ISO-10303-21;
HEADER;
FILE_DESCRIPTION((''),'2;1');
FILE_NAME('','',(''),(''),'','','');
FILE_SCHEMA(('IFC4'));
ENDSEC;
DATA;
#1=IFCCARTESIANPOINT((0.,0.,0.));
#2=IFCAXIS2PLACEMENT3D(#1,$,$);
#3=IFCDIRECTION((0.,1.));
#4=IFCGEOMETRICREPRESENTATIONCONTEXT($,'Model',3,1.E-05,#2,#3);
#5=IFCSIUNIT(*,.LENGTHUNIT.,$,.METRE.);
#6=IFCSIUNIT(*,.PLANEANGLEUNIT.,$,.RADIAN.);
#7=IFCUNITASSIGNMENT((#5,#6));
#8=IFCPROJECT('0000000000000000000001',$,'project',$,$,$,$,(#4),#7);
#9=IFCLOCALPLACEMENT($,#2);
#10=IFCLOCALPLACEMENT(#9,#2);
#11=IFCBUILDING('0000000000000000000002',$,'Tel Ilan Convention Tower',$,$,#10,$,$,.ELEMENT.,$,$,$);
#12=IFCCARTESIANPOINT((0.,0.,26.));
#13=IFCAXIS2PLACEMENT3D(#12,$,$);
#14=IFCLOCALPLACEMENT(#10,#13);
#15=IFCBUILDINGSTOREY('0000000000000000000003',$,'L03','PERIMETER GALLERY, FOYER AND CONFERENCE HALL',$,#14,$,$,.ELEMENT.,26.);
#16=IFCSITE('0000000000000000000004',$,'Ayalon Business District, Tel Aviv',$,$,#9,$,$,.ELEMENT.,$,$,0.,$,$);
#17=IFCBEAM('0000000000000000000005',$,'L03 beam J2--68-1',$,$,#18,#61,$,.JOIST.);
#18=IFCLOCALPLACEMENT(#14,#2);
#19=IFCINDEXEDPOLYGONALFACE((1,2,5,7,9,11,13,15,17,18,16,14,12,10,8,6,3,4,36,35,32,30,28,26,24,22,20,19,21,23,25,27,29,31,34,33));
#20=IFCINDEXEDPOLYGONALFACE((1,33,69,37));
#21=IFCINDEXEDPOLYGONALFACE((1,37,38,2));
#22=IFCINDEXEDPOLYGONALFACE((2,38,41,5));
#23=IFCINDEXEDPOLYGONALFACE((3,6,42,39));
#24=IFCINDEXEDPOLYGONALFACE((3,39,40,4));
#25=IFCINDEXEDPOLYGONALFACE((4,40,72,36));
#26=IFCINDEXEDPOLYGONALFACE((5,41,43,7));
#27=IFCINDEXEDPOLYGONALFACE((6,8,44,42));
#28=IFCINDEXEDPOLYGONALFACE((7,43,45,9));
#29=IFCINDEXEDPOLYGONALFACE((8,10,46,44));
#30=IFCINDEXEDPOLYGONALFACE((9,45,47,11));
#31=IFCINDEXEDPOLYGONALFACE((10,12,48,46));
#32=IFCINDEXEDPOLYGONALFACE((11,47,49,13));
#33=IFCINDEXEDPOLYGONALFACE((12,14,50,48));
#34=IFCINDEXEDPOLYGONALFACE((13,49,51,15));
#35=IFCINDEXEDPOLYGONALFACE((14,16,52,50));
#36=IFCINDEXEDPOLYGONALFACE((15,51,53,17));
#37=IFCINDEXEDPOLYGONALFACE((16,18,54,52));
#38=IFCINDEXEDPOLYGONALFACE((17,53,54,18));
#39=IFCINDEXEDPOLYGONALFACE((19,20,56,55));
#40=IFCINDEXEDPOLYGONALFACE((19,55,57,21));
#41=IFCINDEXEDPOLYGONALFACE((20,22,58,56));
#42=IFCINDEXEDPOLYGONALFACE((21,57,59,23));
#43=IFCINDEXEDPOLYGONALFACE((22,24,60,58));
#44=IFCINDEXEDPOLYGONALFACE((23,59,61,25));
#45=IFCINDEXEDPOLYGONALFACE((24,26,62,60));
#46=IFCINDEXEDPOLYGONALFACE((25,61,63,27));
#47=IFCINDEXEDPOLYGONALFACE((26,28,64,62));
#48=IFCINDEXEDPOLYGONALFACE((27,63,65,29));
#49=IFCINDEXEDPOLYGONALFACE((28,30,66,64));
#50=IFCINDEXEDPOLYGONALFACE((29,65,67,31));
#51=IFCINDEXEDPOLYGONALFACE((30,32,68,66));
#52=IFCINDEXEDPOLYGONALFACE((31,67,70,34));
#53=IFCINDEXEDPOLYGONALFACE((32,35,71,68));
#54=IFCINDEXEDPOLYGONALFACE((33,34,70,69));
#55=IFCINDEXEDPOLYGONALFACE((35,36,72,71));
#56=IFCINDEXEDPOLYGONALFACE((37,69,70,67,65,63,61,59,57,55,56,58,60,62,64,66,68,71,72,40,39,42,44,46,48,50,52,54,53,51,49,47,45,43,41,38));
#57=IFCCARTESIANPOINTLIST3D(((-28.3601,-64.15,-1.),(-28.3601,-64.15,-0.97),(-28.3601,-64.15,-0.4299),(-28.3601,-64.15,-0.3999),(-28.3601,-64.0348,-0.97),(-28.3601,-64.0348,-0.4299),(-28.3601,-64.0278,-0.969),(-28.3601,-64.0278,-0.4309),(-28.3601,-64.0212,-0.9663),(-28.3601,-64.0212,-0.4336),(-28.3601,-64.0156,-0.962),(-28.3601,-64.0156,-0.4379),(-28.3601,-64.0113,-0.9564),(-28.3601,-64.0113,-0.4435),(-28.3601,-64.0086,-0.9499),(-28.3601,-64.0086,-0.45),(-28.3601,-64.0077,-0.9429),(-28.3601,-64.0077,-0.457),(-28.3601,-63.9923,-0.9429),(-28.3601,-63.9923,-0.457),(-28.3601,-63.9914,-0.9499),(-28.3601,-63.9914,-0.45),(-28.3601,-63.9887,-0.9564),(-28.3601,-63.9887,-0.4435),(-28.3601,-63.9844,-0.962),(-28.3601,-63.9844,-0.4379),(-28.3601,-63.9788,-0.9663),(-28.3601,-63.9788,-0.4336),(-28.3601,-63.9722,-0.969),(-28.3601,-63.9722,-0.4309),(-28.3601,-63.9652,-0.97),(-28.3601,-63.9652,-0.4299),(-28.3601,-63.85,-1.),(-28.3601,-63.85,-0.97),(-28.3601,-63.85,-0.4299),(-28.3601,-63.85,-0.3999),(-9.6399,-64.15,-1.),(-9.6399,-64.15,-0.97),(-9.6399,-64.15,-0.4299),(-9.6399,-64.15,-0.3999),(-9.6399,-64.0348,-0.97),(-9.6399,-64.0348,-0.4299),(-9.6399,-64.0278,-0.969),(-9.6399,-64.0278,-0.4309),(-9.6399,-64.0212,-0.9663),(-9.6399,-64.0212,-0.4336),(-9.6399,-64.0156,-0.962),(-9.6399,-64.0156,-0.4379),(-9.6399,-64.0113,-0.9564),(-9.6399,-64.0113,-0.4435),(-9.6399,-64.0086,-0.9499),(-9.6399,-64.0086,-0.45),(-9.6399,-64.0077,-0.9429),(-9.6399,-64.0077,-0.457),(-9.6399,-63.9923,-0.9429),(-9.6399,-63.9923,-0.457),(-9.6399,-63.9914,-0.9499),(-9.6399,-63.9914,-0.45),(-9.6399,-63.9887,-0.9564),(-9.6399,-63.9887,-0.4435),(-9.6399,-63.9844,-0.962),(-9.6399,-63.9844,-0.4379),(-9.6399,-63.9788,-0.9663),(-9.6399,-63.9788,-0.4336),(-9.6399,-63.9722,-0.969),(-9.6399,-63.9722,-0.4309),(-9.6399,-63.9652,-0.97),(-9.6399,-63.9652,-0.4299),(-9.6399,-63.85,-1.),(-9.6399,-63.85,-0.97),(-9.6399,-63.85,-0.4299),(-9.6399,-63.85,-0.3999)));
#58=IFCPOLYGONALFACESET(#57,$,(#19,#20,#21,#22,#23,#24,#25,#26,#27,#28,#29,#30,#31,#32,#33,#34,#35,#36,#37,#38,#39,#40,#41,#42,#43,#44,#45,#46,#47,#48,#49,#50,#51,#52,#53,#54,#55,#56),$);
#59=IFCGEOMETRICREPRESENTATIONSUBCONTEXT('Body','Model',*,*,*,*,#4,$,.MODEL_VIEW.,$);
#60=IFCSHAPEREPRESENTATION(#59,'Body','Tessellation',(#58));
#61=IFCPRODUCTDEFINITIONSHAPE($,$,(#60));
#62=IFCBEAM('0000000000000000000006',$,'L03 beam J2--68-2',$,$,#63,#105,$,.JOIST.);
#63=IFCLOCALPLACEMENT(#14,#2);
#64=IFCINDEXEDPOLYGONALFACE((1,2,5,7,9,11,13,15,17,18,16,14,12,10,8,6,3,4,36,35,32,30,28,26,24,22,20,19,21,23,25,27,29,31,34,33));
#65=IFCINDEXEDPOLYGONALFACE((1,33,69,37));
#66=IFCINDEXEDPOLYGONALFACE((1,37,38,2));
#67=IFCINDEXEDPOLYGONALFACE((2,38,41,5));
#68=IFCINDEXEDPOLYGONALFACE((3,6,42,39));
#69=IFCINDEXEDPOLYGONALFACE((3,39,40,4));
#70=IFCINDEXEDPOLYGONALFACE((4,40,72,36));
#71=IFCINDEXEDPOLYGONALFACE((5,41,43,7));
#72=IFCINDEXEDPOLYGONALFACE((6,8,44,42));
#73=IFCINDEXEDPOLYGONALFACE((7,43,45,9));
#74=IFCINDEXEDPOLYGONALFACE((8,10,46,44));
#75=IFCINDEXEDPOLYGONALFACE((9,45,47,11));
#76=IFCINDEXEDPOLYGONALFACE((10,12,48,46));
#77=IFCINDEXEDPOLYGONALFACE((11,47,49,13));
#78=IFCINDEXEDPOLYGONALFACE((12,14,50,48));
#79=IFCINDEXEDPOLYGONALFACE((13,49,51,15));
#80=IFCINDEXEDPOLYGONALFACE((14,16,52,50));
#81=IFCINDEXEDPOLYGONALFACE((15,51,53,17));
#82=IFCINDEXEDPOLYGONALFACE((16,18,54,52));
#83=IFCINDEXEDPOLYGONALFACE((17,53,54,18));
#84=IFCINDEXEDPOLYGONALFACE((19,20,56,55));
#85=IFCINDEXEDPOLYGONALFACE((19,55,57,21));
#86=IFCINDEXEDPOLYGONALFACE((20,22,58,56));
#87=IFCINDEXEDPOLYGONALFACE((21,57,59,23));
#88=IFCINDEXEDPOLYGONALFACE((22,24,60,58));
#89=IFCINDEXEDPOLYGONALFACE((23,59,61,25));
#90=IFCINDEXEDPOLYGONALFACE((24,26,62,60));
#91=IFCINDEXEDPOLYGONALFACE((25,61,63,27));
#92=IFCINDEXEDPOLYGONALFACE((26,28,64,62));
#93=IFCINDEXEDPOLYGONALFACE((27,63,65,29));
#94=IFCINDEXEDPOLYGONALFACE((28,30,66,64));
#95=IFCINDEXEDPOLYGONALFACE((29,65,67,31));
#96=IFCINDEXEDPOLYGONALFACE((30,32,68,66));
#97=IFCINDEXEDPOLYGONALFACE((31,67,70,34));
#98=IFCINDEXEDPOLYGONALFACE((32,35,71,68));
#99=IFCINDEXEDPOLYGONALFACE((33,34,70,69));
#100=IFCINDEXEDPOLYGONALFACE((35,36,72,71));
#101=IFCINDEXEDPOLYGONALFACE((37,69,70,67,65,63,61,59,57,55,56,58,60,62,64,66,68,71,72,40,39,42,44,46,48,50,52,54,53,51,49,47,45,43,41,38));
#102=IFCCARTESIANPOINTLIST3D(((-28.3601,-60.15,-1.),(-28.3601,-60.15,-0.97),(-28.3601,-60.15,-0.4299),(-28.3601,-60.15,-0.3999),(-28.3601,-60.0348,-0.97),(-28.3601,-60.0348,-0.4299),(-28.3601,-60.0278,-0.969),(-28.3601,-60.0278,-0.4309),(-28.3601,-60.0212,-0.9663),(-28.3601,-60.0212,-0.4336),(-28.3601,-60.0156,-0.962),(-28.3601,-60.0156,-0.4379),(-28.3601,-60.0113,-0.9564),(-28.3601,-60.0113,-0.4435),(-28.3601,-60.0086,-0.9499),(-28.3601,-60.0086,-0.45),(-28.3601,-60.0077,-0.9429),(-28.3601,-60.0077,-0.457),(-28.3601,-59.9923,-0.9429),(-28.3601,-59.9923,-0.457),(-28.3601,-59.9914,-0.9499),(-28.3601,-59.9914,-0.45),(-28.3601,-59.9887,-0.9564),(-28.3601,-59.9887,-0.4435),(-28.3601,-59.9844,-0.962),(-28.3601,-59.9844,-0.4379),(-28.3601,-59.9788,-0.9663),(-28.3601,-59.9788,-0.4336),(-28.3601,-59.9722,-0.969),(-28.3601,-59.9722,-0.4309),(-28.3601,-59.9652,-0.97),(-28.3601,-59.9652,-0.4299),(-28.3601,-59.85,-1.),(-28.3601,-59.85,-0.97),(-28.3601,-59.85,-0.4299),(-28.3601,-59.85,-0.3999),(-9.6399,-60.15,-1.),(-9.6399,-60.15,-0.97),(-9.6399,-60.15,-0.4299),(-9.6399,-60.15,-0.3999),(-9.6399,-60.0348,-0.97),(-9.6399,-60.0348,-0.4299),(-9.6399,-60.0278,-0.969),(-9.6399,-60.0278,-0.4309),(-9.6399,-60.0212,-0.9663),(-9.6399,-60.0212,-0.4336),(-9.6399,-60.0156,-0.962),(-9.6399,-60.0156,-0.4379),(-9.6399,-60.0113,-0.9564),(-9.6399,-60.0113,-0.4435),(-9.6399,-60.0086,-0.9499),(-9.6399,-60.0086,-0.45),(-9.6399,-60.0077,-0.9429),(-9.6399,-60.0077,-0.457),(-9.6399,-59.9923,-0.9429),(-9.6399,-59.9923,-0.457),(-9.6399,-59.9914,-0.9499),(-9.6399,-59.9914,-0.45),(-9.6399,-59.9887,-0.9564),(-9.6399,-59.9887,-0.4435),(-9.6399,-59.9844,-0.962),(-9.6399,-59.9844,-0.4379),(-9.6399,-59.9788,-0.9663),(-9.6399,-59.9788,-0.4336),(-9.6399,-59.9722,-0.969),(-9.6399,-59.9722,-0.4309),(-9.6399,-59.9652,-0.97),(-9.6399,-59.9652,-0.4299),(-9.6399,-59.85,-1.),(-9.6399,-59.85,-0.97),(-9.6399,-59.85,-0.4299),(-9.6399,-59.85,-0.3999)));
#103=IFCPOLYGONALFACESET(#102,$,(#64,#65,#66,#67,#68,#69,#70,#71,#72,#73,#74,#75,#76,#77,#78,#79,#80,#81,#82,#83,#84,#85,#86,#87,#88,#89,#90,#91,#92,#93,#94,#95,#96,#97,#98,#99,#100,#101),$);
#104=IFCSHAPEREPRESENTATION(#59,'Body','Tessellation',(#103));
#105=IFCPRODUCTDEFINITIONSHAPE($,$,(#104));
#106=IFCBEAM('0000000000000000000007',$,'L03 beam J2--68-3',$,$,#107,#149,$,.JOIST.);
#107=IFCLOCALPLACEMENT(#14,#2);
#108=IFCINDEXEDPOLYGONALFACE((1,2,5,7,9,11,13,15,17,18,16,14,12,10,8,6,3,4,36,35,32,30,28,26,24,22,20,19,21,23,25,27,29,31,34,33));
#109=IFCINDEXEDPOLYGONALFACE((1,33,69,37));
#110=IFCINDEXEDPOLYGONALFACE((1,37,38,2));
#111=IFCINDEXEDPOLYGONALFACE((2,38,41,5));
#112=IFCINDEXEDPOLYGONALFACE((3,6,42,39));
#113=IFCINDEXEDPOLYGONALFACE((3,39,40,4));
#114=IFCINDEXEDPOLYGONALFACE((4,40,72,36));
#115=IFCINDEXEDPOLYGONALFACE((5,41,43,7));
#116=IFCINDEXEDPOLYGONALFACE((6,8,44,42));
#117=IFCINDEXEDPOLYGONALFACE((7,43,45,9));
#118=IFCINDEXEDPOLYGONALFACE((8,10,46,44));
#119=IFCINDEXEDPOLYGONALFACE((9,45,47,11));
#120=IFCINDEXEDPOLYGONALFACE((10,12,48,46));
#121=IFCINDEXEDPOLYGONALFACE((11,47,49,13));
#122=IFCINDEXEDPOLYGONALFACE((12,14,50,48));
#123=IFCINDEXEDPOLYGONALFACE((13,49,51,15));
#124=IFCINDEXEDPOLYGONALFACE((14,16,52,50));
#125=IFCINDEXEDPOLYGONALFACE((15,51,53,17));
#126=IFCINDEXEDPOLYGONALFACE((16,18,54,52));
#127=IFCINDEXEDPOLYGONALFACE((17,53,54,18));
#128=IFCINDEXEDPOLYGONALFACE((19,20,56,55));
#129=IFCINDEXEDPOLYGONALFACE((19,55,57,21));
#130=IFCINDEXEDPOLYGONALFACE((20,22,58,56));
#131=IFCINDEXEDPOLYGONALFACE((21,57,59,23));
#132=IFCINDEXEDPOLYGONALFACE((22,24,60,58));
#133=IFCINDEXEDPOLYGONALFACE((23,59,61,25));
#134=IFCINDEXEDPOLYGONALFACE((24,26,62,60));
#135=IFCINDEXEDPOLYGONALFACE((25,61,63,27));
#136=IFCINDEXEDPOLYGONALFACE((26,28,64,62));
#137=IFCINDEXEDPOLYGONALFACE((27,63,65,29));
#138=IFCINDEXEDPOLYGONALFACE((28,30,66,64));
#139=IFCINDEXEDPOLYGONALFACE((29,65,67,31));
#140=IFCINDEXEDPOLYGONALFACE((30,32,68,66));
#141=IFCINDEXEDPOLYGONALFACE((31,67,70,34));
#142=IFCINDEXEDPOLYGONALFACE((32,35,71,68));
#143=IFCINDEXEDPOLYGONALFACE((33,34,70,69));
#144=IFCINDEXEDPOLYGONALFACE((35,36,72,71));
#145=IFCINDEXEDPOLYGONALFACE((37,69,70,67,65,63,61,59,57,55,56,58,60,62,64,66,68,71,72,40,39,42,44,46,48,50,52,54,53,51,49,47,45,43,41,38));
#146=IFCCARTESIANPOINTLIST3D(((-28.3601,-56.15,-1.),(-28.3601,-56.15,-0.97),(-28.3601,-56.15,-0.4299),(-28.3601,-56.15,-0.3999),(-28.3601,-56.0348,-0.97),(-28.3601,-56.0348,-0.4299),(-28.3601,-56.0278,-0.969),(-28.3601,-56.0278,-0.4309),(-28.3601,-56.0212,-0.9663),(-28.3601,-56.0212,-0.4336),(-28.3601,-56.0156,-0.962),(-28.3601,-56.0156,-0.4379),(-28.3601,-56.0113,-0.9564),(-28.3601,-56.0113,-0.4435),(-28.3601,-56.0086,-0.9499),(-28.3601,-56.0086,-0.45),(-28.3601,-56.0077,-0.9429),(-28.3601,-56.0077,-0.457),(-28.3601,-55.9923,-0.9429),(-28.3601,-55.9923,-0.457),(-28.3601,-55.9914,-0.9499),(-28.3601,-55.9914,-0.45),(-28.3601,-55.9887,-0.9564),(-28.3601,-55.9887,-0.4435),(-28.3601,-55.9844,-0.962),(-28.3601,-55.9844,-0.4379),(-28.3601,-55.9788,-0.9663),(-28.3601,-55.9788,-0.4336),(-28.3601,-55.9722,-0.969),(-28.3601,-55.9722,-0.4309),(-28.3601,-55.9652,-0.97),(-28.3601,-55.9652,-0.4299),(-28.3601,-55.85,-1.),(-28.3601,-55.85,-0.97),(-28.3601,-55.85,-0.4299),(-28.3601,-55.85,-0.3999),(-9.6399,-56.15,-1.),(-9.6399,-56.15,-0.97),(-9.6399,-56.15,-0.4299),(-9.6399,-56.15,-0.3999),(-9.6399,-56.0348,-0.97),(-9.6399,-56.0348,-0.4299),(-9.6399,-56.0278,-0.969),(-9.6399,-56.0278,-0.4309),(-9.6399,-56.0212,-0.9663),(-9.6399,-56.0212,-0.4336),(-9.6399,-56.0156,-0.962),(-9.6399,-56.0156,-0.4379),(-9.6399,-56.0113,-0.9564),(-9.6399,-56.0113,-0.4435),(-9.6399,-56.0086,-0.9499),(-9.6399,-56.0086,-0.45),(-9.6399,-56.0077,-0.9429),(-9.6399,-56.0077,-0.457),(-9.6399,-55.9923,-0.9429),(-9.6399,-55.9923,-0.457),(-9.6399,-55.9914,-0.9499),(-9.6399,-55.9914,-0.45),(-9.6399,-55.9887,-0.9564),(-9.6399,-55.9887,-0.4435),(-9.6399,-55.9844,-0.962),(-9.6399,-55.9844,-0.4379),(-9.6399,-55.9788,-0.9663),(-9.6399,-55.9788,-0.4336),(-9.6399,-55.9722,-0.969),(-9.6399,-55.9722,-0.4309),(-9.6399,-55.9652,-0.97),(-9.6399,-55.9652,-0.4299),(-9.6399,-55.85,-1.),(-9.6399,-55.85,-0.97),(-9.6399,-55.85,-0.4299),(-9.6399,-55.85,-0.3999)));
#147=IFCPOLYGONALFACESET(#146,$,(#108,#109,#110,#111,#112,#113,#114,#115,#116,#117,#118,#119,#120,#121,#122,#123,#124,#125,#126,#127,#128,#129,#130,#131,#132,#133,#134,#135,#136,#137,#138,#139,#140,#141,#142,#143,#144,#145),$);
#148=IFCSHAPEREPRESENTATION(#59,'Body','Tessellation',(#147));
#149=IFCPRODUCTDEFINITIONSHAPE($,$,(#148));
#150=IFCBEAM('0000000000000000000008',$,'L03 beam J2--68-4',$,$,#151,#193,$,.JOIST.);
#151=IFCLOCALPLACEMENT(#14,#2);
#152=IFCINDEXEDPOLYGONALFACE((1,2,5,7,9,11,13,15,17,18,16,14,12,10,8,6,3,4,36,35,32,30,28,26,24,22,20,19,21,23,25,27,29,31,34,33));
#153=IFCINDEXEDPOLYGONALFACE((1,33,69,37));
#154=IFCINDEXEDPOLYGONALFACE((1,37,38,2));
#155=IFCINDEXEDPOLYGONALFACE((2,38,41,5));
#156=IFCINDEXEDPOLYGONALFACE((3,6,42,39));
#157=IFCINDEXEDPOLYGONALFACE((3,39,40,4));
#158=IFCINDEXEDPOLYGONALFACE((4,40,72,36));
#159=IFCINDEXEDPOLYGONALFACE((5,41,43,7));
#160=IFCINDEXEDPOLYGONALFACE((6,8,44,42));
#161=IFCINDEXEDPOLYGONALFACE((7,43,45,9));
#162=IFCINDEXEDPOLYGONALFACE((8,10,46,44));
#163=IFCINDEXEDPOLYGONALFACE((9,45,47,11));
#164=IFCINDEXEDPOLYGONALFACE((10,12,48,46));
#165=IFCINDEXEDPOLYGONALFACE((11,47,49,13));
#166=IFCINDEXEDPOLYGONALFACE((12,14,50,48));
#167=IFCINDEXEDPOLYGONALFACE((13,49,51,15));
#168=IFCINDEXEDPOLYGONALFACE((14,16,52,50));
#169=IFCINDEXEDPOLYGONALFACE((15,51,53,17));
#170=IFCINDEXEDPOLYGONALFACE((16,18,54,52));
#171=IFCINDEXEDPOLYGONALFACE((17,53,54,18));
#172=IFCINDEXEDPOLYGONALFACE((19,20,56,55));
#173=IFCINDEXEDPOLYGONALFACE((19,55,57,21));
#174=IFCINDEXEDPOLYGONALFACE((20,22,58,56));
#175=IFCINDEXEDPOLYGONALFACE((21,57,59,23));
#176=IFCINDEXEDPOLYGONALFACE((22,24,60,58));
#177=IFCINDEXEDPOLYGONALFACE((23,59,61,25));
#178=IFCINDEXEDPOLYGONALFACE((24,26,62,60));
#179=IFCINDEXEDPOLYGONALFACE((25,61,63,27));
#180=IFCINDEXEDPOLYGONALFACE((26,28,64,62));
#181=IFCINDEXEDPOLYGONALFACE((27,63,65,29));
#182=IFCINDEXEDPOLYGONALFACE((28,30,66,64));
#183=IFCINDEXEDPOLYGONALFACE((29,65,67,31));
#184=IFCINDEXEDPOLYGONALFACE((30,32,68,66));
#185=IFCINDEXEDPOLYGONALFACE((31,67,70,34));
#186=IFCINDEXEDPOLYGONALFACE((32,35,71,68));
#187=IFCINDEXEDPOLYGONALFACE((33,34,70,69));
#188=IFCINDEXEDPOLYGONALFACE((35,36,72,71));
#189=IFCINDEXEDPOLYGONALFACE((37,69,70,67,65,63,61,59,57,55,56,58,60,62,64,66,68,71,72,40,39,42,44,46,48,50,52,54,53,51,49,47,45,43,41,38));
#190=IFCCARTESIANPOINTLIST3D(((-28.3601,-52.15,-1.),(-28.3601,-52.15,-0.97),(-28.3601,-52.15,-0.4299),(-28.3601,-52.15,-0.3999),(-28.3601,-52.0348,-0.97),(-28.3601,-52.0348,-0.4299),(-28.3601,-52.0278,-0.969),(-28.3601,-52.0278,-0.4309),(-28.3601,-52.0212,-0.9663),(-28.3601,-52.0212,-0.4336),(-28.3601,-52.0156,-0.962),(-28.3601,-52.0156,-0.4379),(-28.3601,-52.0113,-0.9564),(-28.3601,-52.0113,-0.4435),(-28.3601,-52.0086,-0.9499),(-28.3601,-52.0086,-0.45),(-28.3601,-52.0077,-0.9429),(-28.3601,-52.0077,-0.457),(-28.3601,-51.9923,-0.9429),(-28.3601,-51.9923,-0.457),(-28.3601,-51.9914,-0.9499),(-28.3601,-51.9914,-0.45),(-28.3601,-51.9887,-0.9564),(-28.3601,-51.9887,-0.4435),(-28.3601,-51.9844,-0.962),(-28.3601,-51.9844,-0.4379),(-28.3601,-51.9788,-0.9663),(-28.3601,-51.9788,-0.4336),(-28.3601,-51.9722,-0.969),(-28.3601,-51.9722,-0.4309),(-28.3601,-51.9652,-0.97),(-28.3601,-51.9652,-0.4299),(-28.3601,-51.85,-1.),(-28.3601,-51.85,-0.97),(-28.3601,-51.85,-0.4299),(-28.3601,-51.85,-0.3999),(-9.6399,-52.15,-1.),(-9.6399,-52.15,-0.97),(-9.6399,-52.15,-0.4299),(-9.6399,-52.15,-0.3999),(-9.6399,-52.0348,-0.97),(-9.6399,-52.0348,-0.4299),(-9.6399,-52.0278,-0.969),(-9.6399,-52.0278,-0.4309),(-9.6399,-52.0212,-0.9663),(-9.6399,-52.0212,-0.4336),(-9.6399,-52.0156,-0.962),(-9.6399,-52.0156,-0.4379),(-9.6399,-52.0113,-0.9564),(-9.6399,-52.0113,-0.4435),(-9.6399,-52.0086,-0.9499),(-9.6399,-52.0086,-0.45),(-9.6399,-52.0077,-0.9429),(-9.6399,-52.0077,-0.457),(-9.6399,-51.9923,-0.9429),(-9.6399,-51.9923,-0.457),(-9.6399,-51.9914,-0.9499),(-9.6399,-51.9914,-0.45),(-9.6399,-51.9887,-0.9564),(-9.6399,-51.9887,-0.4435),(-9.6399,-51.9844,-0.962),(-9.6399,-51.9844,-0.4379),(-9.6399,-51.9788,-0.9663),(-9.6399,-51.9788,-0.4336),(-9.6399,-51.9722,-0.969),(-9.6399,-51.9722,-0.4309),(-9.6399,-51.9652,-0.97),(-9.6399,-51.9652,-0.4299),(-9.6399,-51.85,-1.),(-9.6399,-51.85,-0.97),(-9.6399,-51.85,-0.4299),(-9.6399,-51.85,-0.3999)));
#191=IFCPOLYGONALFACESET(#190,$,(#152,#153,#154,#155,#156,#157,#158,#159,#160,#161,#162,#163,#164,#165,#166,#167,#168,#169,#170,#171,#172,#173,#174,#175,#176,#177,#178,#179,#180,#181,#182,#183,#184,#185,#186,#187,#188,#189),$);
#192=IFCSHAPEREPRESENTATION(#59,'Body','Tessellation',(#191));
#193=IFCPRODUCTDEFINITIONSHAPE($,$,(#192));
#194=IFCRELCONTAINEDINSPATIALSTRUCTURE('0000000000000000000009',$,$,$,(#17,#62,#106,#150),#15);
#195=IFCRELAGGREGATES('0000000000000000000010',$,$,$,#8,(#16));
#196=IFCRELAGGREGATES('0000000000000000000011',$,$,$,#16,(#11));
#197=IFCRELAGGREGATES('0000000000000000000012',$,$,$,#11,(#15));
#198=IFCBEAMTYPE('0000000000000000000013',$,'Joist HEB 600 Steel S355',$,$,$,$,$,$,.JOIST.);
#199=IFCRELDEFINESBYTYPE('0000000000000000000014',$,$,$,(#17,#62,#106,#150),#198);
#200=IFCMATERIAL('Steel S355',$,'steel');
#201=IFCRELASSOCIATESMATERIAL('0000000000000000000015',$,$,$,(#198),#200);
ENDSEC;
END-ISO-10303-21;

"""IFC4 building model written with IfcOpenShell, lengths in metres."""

from ifc_helpers import new_model, si_unit, direction, frame, origin, origin_2d, place, context, subcontext, project, spatial, i_section, extrude, material, material_profile, profile_set, type_object, element, save


model = new_model("IFC4")

# Units and contexts
model_context = context("Model", 3, precision=1e-05, world=origin(), true_north=direction((0.0, 1.0)))
body_context = subcontext(model_context, "Body", "Model", "MODEL_VIEW")
ifc_project = project(units=[si_unit("LENGTHUNIT", "METRE"), si_unit("PLANEANGLEUNIT", "RADIAN")], contexts=[model_context])

# Site, building, storey
site_placement = place(None, origin())
site = spatial("IfcSite", under=ifc_project, at=site_placement, Name="Ayalon Business District, Tel Aviv", CompositionType="ELEMENT", RefElevation=0.0)
building_placement = place(site_placement, origin())
building = spatial("IfcBuilding", under=site, at=building_placement, Name="Tel Ilan Convention Tower", CompositionType="ELEMENT")
storey_placement = place(building_placement, frame((0.0, 0.0, 26.0)))
storey = spatial("IfcBuildingStorey", under=building, at=storey_placement, Name="L03", Description="PERIMETER GALLERY, FOYER AND CONFERENCE HALL", CompositionType="ELEMENT", Elevation=26.0)

# Beams
ifc_material_1 = material(Name="Steel S355", Category="steel")
ifc_material_profile_1 = material_profile(ifc_material_1, i_section(OverallWidth=0.3, OverallDepth=0.6001, WebThickness=0.0154, FlangeThickness=0.03, FilletRadius=0.0271, at=origin_2d()), Name="HEB 600")
ifc_profile_set_1 = profile_set([ifc_material_profile_1], Name="Steel S355")
beam_type_1 = type_object("IfcBeamType", Name="Joist HEB 600 Steel S355", PredefinedType="JOIST", material=ifc_profile_set_1)
for number, where, z_axis, x_axis, name in (
    (1, (-28.3601, -64.0, -0.7), (1.0, 0.0, 0.0), (0.0, 1.0, 0.0), "L03 beam J2--68-1"),
    (2, (-28.3601, -60.0, -0.7), (1.0, 0.0, 0.0), (0.0, 1.0, 0.0), "L03 beam J2--68-2"),
    (3, (-28.3601, -56.0, -0.7), (1.0, 0.0, 0.0), (0.0, 1.0, 0.0), "L03 beam J2--68-3"),
    (4, (-28.3601, -52.0, -0.7), (1.0, 0.0, 0.0), (0.0, 1.0, 0.0), "L03 beam J2--68-4"),
):
    element("IfcBeam", number, at=place(storey_placement, frame(where, z_axis=z_axis, x_axis=x_axis)), inside=storey, type_object=beam_type_1, Name=name, PredefinedType="JOIST", context=body_context, shape_type="SweptSolid", body=[
        extrude(i_section(OverallWidth=0.3, OverallDepth=0.6001, WebThickness=0.0154, FlangeThickness=0.03, FilletRadius=0.0271, at=origin_2d()), origin(), (0.0, 0.0, 1.0), 18.7202),
    ])

save(model, "model.ifc")
